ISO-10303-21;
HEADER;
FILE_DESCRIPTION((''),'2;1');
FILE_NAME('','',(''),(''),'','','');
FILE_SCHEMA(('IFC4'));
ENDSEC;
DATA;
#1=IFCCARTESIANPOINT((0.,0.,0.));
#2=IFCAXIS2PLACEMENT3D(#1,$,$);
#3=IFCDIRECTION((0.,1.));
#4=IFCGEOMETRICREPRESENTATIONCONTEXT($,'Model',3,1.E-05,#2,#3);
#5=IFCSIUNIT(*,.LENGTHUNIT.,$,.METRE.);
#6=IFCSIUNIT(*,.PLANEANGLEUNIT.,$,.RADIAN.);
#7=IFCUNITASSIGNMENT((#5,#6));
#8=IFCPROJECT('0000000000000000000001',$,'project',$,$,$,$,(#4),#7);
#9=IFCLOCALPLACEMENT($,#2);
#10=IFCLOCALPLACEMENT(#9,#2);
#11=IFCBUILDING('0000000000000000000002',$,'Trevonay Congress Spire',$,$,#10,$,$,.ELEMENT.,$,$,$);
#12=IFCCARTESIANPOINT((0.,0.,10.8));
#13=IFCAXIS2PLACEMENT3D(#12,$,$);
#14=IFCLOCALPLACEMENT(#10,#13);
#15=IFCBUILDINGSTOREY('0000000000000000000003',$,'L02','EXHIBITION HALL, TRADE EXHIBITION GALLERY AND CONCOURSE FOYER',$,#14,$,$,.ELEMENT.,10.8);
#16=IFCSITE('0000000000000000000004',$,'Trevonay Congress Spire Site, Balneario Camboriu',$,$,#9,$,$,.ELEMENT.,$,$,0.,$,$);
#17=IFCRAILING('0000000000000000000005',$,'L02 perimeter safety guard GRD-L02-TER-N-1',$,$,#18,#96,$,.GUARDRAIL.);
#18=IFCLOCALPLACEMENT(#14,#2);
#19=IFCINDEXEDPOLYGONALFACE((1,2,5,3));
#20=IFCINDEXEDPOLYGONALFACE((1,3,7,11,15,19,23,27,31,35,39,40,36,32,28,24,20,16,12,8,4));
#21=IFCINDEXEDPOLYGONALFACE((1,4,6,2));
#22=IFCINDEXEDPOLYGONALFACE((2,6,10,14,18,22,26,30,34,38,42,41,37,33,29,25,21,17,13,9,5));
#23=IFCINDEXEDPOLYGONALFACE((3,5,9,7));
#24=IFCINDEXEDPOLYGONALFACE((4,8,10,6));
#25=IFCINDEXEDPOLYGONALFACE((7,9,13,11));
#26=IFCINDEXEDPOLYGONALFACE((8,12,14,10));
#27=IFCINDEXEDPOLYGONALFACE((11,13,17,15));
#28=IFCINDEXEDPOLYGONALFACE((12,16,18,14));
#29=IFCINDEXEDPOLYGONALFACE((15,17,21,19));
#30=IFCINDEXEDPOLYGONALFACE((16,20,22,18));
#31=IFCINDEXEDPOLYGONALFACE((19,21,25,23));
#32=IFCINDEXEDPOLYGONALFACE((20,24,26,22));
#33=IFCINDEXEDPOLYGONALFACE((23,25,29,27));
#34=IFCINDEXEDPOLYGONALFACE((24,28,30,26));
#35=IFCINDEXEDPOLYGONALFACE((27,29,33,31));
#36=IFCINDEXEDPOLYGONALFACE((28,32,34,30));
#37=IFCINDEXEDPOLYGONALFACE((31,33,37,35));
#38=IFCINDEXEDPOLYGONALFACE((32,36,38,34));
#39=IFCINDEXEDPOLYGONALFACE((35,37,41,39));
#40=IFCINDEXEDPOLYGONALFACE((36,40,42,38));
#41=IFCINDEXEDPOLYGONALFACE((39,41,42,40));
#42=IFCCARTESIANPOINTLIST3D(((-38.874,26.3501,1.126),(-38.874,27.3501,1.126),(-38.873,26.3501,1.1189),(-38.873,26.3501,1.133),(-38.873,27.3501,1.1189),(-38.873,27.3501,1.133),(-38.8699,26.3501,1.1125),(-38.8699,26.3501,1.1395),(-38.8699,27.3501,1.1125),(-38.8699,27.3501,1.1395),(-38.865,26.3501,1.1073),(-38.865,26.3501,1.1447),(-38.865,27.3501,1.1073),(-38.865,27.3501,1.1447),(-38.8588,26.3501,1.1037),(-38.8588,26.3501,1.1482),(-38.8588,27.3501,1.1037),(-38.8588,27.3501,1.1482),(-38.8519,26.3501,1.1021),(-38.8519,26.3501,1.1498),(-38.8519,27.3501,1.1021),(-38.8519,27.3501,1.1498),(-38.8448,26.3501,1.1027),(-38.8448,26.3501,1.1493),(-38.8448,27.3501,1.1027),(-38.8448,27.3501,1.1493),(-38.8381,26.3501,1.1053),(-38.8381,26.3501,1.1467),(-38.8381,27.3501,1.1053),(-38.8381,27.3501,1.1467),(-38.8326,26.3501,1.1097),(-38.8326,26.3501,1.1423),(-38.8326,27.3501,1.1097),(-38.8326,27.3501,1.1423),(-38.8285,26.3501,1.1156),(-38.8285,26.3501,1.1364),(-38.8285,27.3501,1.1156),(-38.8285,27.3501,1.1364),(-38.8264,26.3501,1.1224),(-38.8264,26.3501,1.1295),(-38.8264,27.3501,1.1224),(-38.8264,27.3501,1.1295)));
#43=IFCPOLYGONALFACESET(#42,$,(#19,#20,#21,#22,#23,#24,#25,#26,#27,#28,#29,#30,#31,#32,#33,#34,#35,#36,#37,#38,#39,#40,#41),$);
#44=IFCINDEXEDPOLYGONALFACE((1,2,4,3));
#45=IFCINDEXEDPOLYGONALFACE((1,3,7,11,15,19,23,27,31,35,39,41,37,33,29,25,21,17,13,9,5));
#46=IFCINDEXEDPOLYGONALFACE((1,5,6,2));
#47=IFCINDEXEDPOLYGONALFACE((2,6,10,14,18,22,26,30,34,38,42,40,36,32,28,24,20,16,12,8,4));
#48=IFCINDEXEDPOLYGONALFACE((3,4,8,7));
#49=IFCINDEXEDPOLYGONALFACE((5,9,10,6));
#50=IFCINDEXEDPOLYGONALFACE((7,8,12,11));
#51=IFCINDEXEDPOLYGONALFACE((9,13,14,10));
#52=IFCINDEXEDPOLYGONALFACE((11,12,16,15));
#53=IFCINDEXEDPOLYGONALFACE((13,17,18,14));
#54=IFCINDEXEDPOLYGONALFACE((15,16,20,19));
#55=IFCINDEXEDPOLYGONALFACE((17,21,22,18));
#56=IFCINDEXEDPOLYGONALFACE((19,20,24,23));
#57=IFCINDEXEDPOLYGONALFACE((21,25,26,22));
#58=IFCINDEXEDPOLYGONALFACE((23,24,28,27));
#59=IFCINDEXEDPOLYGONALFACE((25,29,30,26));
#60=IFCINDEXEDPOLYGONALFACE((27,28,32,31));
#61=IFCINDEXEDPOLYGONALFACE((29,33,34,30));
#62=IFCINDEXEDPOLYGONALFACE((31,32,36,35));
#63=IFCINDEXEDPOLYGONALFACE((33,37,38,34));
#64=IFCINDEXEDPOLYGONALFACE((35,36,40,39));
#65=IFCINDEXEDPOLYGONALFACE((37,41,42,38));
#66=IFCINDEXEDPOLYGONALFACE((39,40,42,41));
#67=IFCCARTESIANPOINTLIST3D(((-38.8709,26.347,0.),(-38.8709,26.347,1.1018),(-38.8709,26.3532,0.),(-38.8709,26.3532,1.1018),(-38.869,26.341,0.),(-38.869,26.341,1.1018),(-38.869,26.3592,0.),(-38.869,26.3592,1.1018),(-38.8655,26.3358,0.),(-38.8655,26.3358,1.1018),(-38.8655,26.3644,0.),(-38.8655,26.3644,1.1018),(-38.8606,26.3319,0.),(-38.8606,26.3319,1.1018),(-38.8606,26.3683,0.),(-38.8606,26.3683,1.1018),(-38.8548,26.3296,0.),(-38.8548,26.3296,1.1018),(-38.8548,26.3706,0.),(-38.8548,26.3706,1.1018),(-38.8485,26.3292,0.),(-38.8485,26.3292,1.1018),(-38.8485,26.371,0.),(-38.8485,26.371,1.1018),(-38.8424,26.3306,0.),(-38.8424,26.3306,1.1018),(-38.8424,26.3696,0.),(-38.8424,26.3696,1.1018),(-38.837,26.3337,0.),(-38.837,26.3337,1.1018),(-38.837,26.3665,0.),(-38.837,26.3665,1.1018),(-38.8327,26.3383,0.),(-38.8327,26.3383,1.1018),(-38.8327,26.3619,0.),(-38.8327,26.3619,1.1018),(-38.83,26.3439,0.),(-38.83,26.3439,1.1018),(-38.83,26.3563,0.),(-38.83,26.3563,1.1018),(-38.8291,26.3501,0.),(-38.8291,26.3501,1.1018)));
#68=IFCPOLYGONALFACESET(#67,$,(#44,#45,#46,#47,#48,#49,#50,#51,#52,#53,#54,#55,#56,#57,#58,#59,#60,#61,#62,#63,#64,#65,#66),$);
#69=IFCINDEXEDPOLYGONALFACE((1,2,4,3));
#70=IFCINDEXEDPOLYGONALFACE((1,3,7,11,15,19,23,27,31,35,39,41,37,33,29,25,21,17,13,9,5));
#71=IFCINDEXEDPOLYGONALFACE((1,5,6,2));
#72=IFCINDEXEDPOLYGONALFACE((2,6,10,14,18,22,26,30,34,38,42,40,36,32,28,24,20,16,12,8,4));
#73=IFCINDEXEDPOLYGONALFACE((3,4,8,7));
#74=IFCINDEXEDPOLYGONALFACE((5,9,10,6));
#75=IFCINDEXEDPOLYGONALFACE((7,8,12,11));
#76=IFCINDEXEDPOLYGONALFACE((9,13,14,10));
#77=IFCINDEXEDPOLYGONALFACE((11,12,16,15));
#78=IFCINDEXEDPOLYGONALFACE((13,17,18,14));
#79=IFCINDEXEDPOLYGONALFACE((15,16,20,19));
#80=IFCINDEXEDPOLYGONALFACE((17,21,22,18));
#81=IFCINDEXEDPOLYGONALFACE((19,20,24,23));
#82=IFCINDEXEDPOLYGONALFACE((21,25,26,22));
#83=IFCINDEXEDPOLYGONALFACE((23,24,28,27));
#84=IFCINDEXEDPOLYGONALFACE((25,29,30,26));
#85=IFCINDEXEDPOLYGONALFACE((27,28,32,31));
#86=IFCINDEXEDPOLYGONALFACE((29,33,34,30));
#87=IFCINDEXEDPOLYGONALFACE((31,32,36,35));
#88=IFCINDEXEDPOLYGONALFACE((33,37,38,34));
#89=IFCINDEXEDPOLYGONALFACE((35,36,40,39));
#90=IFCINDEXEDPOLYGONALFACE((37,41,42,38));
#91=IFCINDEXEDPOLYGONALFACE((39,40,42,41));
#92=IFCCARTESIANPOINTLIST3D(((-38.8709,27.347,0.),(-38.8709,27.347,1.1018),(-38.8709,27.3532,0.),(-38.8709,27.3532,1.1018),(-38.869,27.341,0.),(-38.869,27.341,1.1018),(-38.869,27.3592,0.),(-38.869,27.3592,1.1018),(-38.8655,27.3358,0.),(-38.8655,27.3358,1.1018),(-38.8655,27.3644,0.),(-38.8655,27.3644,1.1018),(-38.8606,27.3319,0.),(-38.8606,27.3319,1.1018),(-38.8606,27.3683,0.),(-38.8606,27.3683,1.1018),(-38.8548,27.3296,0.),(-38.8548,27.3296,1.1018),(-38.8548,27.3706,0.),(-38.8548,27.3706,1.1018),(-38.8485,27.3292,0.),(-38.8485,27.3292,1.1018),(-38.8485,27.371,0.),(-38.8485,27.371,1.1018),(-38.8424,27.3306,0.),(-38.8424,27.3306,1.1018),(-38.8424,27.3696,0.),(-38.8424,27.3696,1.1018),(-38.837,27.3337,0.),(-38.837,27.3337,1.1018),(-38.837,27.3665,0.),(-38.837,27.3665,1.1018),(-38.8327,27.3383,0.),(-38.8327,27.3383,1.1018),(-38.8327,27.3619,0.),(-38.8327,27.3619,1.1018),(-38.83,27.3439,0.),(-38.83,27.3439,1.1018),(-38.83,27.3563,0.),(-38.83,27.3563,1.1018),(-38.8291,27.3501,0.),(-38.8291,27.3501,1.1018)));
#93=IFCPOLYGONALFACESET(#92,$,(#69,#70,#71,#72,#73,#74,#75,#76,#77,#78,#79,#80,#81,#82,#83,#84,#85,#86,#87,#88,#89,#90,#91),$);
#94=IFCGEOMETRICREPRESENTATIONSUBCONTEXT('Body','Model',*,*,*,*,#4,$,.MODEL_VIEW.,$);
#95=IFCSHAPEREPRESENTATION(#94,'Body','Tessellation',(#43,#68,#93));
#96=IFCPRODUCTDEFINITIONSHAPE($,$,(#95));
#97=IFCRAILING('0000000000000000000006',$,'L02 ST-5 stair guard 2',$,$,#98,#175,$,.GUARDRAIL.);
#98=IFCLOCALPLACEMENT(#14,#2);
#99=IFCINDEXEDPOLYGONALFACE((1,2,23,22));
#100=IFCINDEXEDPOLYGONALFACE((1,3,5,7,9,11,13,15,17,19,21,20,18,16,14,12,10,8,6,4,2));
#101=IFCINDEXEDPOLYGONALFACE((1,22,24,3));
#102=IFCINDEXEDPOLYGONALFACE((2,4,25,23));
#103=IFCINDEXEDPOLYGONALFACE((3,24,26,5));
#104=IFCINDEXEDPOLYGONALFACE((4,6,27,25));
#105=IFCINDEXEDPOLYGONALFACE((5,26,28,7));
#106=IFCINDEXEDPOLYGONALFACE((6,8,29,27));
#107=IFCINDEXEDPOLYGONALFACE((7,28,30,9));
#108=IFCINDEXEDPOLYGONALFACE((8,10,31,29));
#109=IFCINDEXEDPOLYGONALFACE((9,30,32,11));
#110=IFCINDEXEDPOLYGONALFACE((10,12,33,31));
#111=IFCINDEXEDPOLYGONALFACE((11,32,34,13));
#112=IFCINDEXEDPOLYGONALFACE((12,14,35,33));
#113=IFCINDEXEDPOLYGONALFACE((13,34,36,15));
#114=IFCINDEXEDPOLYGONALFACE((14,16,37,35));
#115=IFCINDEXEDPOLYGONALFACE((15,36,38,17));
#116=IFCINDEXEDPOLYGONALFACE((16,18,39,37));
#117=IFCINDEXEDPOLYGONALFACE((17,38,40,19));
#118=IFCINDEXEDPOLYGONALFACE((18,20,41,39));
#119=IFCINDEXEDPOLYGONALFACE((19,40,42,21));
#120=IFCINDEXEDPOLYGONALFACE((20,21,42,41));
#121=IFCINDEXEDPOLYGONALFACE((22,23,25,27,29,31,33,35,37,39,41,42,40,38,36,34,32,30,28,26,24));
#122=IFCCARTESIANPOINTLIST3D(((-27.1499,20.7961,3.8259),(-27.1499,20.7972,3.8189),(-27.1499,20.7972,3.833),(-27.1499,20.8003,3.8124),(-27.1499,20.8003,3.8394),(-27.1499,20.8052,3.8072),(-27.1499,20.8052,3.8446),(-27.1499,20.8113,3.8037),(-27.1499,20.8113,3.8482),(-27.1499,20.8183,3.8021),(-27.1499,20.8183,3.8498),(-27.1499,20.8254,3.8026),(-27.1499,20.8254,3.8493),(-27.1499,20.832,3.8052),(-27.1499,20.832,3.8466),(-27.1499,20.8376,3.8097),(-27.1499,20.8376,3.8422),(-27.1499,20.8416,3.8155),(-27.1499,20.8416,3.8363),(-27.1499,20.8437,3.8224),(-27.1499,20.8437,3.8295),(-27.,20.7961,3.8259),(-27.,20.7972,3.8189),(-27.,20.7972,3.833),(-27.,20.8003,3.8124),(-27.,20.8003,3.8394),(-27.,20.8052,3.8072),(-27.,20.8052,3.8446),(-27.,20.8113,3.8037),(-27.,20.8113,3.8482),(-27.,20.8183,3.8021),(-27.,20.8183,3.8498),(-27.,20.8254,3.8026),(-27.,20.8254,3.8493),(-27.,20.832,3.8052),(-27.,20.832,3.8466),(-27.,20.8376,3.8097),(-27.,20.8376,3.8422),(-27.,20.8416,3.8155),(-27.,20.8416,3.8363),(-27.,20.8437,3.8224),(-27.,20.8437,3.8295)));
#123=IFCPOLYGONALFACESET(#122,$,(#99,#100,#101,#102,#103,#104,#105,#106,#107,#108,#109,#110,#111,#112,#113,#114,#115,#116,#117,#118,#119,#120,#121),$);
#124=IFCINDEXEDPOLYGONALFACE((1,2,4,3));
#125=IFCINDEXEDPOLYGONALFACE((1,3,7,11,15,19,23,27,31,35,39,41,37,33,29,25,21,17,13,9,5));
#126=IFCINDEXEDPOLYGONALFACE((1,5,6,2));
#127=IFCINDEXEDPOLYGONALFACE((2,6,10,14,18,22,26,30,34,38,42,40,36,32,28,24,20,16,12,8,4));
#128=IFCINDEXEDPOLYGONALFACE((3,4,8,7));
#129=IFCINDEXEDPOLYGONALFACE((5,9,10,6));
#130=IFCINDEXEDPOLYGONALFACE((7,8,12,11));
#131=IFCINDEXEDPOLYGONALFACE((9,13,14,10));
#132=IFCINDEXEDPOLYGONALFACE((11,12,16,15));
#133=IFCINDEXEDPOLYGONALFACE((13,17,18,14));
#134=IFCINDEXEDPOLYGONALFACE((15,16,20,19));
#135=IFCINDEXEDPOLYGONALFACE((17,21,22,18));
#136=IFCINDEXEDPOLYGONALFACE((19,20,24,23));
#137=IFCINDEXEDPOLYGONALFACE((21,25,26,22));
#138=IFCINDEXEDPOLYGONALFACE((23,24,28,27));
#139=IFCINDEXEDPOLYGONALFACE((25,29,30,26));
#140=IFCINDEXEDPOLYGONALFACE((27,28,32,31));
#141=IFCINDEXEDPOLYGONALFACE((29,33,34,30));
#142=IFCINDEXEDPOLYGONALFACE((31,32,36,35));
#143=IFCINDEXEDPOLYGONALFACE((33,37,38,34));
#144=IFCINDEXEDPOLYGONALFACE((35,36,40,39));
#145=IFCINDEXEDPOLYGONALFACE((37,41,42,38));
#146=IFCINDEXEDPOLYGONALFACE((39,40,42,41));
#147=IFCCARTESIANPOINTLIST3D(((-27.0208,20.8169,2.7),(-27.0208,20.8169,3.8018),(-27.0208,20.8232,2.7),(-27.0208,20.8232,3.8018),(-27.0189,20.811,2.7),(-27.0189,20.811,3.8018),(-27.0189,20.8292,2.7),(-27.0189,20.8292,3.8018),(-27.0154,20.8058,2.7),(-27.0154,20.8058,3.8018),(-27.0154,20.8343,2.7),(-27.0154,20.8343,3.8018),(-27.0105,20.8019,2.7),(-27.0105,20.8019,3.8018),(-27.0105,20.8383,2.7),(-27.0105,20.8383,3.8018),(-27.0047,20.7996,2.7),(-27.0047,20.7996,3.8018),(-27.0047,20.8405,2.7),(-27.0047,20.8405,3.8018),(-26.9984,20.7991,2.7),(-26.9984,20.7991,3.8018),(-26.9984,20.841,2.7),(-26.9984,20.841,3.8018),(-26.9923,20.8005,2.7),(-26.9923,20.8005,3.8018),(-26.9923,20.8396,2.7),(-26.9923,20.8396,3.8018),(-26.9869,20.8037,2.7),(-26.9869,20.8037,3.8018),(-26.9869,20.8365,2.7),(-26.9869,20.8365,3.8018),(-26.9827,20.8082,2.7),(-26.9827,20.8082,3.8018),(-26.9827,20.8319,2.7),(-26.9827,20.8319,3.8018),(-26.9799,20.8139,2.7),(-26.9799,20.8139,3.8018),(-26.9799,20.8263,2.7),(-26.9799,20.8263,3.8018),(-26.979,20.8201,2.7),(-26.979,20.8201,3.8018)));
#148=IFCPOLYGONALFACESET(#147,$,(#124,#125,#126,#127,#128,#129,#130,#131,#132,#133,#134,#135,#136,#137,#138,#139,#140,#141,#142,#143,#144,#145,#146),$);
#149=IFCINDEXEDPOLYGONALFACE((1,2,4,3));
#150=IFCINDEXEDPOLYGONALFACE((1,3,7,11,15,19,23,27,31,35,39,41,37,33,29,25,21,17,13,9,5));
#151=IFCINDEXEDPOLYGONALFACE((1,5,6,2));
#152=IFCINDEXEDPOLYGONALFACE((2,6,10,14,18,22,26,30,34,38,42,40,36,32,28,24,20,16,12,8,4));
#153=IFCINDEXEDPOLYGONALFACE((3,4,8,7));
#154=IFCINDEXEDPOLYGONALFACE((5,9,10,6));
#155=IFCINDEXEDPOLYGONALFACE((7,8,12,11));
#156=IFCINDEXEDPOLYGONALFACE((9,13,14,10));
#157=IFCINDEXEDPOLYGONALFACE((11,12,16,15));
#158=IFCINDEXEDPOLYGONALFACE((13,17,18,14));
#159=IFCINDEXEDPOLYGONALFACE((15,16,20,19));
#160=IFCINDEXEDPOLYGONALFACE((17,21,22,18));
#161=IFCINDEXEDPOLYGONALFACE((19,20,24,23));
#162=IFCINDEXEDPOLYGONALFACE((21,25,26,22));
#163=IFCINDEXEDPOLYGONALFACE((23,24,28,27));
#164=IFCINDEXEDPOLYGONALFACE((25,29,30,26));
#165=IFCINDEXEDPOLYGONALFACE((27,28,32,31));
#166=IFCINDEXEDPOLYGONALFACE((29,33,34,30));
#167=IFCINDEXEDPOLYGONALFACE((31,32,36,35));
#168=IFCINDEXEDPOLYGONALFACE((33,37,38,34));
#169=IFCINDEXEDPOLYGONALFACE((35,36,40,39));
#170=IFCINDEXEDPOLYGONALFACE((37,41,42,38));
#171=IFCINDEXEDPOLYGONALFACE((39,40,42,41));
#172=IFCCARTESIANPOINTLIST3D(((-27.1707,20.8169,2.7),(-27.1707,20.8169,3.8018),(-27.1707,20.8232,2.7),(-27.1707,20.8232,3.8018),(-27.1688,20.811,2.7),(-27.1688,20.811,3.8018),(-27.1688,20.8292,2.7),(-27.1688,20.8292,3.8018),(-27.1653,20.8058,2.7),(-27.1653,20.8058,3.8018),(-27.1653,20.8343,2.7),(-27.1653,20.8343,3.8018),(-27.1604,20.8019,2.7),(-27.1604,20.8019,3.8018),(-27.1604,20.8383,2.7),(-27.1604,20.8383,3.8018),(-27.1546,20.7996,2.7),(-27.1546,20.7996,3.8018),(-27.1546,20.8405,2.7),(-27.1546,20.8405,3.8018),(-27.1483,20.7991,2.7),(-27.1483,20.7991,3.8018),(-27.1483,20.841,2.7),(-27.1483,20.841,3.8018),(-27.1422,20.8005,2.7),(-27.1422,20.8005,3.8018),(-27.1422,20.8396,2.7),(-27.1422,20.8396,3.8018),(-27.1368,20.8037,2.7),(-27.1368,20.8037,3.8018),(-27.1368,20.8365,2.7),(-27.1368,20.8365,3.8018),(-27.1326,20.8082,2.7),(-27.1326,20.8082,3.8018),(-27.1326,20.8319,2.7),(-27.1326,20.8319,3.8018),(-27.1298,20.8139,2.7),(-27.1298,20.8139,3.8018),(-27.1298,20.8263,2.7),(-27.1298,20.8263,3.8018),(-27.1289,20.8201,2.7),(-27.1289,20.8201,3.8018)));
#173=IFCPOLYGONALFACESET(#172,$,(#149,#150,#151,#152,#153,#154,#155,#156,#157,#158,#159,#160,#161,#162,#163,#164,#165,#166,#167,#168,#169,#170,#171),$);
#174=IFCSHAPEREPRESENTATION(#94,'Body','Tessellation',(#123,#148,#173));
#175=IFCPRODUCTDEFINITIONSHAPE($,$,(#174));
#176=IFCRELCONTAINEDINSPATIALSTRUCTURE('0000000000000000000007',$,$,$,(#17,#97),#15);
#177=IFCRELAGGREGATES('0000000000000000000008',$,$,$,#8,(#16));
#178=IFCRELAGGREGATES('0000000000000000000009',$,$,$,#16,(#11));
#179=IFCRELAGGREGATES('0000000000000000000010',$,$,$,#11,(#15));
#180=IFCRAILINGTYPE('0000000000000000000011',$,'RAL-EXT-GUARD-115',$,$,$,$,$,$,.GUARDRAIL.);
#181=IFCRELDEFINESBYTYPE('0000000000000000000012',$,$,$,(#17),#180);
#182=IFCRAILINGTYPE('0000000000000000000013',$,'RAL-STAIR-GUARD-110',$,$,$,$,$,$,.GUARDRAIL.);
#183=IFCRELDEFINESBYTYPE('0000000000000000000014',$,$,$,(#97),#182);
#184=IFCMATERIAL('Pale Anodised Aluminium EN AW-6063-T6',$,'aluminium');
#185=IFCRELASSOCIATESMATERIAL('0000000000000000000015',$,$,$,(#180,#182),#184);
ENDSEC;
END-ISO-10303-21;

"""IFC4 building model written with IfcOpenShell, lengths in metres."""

from ifc_helpers import new_model, si_unit, direction, frame, origin, origin_2d, place, context, subcontext, project, spatial, circle, extrude, material, type_object, element, save


model = new_model("IFC4")

# Units and contexts
model_context = context("Model", 3, precision=1e-05, world=origin(), true_north=direction((0.0, 1.0)))
body_context = subcontext(model_context, "Body", "Model", "MODEL_VIEW")
ifc_project = project(units=[si_unit("LENGTHUNIT", "METRE"), si_unit("PLANEANGLEUNIT", "RADIAN")], contexts=[model_context])

# Site, building, storey
site_placement = place(None, origin())
site = spatial("IfcSite", under=ifc_project, at=site_placement, Name="Trevonay Congress Spire Site, Balneario Camboriu", CompositionType="ELEMENT", RefElevation=0.0)
building_placement = place(site_placement, origin())
building = spatial("IfcBuilding", under=site, at=building_placement, Name="Trevonay Congress Spire", CompositionType="ELEMENT")
storey_placement = place(building_placement, frame((0.0, 0.0, 10.8)))
storey = spatial("IfcBuildingStorey", under=building, at=storey_placement, Name="L02", Description="EXHIBITION HALL, TRADE EXHIBITION GALLERY AND CONCOURSE FOYER", CompositionType="ELEMENT", Elevation=10.8)

# Shared definitions
ifc_material_1 = material(Name="Pale Anodised Aluminium EN AW-6063-T6", Category="aluminium")

# Railings
railing_type_1 = type_object("IfcRailingType", Name="RAL-EXT-GUARD-115", PredefinedType="GUARDRAIL", material=ifc_material_1)
railing_1_placement = place(storey_placement, frame((-38.8501, 26.3501, 0.0)))
element("IfcRailing", 1, at=railing_1_placement, inside=storey, type_object=railing_type_1, Name="L02 perimeter safety guard GRD-L02-TER-N-1", PredefinedType="GUARDRAIL", context=body_context, shape_type="SweptSolid", body=[
    extrude(circle(Radius=0.0239, at=origin_2d()), frame((0.0, 0.0, 1.126), z_axis=(0.0, 1.0, 0.0), x_axis=(-1.0, 0.0, 0.0)), (0.0, 0.0, 1.0), 1.0),
    extrude(circle(Radius=0.021, at=origin_2d()), origin(), (0.0, 0.0, 1.0), 1.1018),
    extrude(circle(Radius=0.021, at=origin_2d()), frame((0.0, 1.0, 0.0)), (0.0, 0.0, 1.0), 1.1018),
])
railing_type_2 = type_object("IfcRailingType", Name="RAL-STAIR-GUARD-110", PredefinedType="GUARDRAIL", material=ifc_material_1)
railing_2_placement = place(storey_placement, frame((-27.0, 20.8201, 2.7)))
element("IfcRailing", 2, at=railing_2_placement, inside=storey, type_object=railing_type_2, Name="L02 ST-5 stair guard 2", PredefinedType="GUARDRAIL", context=body_context, shape_type="SweptSolid", body=[
    extrude(circle(Radius=0.0239, at=origin_2d()), frame((0.0, 0.0, 1.126), z_axis=(-1.0, 0.0, 0.0), x_axis=(0.0, -1.0, 0.0)), (0.0, 0.0, 1.0), 0.1499),
    extrude(circle(Radius=0.021, at=origin_2d()), origin(), (0.0, 0.0, 1.0), 1.1018),
    extrude(circle(Radius=0.021, at=origin_2d()), frame((-0.1499, 0.0, 0.0)), (0.0, 0.0, 1.0), 1.1018),
])

save(model, "model.ifc")
